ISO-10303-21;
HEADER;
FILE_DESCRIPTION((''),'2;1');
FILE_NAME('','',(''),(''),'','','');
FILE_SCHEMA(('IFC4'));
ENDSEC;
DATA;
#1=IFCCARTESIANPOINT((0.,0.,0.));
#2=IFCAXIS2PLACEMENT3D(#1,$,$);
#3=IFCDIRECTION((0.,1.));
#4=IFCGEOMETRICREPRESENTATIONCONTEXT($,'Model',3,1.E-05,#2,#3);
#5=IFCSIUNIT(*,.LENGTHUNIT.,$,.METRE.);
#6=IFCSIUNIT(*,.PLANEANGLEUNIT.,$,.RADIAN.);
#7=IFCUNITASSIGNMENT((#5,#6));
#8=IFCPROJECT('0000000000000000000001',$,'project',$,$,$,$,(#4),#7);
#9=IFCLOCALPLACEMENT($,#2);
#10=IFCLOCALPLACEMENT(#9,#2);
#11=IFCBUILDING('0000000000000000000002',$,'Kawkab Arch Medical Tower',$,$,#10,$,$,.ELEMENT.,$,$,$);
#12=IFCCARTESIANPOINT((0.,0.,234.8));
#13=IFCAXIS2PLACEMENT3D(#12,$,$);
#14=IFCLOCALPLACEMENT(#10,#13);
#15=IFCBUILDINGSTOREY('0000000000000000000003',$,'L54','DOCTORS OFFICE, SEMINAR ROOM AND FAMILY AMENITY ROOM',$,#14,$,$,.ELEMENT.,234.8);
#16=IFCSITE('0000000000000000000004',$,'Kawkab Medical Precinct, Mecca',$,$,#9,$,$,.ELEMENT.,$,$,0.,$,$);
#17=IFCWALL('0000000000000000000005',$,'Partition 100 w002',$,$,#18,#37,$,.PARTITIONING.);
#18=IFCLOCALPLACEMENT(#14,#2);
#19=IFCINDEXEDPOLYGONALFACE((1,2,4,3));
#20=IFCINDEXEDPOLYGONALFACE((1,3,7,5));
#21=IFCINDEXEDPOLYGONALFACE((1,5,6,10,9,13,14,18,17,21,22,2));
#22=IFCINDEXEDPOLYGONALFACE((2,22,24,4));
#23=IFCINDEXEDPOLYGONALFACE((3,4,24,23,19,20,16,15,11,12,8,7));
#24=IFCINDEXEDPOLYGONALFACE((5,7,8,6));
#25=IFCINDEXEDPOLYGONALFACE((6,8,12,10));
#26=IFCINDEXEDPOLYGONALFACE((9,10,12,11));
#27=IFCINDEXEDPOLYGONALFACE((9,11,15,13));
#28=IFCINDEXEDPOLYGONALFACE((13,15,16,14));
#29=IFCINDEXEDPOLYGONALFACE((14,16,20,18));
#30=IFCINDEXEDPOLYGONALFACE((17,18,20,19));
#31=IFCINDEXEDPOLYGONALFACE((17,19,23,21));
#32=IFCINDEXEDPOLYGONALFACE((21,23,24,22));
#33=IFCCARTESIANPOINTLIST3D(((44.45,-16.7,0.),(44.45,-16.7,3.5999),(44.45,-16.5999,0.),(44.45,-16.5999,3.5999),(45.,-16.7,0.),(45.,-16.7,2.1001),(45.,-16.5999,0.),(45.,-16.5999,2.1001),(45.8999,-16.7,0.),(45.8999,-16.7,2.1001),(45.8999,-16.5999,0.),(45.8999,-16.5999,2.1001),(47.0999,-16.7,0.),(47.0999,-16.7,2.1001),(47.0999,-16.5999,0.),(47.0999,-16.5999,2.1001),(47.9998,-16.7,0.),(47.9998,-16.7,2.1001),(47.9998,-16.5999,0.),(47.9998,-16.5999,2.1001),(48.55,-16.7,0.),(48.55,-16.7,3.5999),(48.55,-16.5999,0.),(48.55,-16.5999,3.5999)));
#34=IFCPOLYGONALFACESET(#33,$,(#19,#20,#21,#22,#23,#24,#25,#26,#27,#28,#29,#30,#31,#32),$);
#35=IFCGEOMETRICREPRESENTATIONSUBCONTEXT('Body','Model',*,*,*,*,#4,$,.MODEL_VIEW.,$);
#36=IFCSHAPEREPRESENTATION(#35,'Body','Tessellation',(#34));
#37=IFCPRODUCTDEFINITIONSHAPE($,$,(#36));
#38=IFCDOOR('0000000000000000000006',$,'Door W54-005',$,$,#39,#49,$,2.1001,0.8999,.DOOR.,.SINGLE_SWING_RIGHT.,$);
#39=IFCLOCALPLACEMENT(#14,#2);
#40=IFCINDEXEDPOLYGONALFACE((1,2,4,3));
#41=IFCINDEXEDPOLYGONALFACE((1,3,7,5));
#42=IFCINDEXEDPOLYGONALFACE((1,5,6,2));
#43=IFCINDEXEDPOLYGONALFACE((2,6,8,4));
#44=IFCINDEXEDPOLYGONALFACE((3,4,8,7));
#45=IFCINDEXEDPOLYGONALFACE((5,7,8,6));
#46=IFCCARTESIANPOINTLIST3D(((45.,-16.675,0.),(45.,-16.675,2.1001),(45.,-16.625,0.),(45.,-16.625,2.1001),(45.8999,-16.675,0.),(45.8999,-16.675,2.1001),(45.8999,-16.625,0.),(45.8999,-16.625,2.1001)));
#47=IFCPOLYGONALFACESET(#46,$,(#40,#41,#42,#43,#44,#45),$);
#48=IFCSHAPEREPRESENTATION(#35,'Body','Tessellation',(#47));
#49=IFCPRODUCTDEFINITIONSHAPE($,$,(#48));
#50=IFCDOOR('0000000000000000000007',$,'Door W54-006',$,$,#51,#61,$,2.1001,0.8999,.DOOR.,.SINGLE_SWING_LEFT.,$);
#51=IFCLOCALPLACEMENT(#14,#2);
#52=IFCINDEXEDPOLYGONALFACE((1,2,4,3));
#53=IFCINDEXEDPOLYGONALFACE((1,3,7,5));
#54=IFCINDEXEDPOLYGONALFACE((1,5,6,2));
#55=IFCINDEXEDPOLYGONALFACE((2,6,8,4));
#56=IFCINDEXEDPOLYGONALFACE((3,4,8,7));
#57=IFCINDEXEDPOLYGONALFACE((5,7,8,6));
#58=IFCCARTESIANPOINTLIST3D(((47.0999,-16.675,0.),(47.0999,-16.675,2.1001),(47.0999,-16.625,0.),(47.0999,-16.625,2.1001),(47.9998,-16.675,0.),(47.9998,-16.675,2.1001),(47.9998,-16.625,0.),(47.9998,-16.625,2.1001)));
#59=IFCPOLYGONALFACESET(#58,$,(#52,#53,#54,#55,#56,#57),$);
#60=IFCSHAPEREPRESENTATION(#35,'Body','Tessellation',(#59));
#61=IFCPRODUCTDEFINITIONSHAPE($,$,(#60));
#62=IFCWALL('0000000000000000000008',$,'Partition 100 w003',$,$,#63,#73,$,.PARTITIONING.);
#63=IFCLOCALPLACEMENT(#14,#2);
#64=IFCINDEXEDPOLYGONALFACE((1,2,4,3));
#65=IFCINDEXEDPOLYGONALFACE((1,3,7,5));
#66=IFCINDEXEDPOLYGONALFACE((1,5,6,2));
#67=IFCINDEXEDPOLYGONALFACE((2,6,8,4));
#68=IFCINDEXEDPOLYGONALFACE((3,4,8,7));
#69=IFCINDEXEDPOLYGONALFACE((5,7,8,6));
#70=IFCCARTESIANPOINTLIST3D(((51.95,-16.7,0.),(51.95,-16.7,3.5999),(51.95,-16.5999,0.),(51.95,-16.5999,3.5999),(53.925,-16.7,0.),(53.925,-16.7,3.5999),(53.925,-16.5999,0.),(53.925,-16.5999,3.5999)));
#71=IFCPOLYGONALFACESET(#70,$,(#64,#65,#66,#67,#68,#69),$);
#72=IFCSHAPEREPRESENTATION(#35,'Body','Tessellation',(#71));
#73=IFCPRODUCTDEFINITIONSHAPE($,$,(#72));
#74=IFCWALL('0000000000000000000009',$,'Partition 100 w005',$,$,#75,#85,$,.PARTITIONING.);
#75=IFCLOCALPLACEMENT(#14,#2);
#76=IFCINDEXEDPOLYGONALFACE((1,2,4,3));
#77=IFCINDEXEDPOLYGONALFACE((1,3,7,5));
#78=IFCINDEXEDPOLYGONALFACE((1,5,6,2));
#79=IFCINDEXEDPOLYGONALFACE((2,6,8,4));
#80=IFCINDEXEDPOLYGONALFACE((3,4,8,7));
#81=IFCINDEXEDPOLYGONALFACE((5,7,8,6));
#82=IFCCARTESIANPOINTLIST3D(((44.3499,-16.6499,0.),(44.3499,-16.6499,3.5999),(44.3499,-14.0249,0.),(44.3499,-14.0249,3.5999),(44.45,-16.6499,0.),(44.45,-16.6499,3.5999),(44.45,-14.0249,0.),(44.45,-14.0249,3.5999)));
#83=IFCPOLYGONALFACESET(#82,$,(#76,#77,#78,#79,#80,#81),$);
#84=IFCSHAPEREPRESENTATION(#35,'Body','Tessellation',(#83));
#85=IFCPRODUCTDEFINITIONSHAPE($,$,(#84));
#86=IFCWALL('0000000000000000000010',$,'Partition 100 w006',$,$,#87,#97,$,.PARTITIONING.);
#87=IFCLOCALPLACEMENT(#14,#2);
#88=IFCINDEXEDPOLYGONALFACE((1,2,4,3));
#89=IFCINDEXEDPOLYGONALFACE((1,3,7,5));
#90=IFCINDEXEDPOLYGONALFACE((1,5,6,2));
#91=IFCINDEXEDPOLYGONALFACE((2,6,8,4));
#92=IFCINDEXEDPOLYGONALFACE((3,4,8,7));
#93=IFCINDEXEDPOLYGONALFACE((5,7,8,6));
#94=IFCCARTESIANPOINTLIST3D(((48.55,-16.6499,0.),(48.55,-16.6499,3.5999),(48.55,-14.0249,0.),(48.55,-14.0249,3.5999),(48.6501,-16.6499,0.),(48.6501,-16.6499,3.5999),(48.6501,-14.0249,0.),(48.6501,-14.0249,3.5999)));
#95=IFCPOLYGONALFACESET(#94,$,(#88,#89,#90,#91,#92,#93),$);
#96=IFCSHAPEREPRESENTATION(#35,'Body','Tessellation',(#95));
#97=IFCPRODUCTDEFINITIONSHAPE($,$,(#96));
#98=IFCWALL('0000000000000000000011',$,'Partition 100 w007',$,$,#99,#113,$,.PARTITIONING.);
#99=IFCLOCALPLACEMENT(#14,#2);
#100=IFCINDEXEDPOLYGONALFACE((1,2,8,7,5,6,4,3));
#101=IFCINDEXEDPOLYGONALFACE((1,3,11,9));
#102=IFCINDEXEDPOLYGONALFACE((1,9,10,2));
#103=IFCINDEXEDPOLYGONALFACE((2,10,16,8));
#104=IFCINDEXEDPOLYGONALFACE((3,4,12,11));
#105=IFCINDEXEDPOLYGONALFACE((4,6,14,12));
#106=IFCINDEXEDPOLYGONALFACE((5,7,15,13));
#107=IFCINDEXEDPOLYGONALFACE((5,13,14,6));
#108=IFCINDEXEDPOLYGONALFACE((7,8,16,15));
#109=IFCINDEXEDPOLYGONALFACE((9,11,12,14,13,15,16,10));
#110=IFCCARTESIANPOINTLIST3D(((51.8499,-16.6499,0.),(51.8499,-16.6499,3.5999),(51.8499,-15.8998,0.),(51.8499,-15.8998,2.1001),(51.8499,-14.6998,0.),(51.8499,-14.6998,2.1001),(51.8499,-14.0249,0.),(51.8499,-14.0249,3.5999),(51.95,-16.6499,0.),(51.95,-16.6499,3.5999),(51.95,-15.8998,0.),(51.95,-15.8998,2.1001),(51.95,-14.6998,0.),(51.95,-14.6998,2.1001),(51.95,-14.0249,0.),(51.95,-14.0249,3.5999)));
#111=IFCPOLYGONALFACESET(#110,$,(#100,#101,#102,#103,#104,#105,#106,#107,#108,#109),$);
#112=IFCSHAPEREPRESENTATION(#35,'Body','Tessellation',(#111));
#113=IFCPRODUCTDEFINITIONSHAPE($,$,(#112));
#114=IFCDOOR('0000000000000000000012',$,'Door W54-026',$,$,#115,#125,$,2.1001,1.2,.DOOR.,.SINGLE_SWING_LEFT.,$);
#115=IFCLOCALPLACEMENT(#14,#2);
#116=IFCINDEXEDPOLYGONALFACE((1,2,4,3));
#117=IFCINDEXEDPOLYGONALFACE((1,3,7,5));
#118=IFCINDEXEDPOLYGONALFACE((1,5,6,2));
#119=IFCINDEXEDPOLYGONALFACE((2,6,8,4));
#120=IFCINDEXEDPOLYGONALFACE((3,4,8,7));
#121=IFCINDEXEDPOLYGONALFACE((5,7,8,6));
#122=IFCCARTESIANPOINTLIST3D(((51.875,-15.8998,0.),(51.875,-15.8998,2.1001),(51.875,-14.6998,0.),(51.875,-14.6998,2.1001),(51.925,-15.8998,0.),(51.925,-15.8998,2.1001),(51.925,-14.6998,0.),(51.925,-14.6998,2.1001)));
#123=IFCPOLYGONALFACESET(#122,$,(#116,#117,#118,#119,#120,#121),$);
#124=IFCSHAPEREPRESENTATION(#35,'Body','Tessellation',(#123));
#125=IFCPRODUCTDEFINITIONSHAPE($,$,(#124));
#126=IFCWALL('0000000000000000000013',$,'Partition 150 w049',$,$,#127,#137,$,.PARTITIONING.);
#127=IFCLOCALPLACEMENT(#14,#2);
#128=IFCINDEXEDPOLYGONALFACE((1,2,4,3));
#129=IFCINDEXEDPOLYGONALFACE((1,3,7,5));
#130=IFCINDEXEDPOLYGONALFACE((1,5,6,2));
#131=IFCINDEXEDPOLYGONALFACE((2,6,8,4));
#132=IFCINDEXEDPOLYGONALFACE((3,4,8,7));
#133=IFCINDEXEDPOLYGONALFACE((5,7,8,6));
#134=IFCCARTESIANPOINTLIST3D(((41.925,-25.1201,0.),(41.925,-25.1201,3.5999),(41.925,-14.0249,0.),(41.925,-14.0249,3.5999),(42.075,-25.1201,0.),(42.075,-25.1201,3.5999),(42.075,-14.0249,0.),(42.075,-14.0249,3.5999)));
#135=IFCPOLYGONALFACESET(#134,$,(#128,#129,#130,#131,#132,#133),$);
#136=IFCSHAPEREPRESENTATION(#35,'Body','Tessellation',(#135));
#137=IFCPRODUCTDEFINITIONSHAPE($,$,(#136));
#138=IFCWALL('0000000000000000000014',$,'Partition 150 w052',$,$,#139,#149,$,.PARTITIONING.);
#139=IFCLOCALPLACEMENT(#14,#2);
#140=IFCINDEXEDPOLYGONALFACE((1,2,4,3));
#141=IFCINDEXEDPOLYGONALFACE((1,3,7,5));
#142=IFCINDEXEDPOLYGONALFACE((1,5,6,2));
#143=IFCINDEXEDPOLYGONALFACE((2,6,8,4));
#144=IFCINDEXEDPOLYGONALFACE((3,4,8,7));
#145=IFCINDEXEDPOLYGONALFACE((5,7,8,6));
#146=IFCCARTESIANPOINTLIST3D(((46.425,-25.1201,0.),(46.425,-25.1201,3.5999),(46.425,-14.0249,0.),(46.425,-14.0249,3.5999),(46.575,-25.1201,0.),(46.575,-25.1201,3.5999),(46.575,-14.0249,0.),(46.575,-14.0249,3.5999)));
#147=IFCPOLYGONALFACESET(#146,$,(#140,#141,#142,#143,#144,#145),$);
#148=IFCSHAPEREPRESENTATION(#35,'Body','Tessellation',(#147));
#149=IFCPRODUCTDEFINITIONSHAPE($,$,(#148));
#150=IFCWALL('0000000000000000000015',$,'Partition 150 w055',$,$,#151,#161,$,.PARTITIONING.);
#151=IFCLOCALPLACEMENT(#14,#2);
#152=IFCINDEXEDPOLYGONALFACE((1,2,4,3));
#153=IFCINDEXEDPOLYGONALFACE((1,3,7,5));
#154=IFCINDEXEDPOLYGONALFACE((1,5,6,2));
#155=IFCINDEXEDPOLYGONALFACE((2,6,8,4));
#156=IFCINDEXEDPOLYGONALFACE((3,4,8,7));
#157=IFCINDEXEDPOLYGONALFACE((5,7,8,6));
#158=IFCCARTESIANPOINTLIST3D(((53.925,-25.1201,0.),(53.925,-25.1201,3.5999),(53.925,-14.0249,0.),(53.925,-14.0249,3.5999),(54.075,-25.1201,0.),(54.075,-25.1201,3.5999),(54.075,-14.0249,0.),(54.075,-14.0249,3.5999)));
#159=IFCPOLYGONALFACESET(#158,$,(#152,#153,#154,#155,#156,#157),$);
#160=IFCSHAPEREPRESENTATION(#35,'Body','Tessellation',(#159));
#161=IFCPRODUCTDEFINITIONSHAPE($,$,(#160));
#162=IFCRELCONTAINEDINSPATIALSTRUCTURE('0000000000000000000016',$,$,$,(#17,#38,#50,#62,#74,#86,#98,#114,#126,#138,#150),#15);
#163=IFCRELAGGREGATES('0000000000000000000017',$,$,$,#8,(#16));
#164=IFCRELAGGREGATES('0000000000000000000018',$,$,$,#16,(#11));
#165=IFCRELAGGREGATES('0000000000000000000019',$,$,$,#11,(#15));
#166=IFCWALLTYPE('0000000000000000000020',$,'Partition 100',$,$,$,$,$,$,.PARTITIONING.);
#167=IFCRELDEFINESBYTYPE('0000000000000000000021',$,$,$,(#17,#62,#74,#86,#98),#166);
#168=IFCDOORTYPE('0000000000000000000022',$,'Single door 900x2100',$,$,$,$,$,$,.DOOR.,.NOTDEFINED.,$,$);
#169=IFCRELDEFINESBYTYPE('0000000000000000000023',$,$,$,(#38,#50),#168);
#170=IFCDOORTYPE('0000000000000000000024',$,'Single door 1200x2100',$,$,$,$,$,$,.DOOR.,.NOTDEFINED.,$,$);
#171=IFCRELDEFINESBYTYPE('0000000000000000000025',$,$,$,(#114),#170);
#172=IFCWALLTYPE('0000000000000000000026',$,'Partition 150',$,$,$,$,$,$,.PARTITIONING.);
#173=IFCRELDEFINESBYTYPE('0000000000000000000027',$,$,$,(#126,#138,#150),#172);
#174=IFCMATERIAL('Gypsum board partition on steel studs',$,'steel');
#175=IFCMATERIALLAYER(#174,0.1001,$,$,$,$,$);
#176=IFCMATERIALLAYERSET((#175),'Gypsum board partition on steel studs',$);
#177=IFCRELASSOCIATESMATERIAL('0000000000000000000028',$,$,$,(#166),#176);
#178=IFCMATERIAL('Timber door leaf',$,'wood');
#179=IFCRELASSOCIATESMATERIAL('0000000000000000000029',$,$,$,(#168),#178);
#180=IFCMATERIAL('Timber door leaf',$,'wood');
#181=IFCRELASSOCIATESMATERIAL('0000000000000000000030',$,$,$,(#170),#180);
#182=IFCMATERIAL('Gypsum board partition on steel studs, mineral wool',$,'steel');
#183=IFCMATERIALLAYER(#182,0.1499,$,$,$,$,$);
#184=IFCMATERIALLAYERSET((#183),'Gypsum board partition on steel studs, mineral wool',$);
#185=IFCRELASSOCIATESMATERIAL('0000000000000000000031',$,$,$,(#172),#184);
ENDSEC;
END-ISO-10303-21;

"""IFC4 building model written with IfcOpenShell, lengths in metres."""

from ifc_helpers import new_model, si_unit, direction, frame, frame_2d, origin, place, context, subcontext, project, spatial, rectangle, extrude, material, layer, layer_set, type_object, element, fill, save


model = new_model("IFC4")

# Units and contexts
model_context = context("Model", 3, precision=1e-05, world=origin(), true_north=direction((0.0, 1.0)))
body_context = subcontext(model_context, "Body", "Model", "MODEL_VIEW")
ifc_project = project(units=[si_unit("LENGTHUNIT", "METRE"), si_unit("PLANEANGLEUNIT", "RADIAN")], contexts=[model_context])

# Site, building, storey
site_placement = place(None, origin())
site = spatial("IfcSite", under=ifc_project, at=site_placement, Name="Kawkab Medical Precinct, Mecca", CompositionType="ELEMENT", RefElevation=0.0)
building_placement = place(site_placement, origin())
building = spatial("IfcBuilding", under=site, at=building_placement, Name="Kawkab Arch Medical Tower", CompositionType="ELEMENT")
storey_placement = place(building_placement, frame((0.0, 0.0, 234.8)))
storey = spatial("IfcBuildingStorey", under=building, at=storey_placement, Name="L54", Description="DOCTORS OFFICE, SEMINAR ROOM AND FAMILY AMENITY ROOM", CompositionType="ELEMENT", Elevation=234.8)

# Wall, openings, doors
ifc_material_1 = material(Name="Gypsum board partition on steel studs", Category="steel")
ifc_layer_1 = layer(ifc_material_1, 0.1001)
ifc_layer_set_1 = layer_set([ifc_layer_1], Name="Gypsum board partition on steel studs")
wall_type_1 = type_object("IfcWallType", Name="Partition 100", PredefinedType="PARTITIONING", material=ifc_layer_set_1)
wall_1_placement = place(storey_placement, frame((44.45, -16.6499, 0.0), z_axis=(0.0, 0.0, 1.0), x_axis=(1.0, 0.0, 0.0)))
wall_1 = element("IfcWall", 1, at=wall_1_placement, inside=storey, type_object=wall_type_1, Name="Partition 100 w002", PredefinedType="PARTITIONING", context=body_context, shape_type="SweptSolid", body=[
    extrude(rectangle(XDim=4.1001, YDim=0.1001, at=frame_2d((2.05, 0.0))), origin(), (0.0, 0.0, 1.0), 3.5999),
])
opening_1_placement = place(wall_1_placement, frame((0.55, 0.0, 0.0)))
opening_1 = element("IfcOpeningElement", 2, at=opening_1_placement, cuts=wall_1, PredefinedType="OPENING", context=body_context, shape_type="SweptSolid", body=[
    extrude(rectangle(XDim=0.8999, YDim=2.1001, at=frame_2d((0.45, 1.05))), frame((0.0, 0.0601, 0.0), z_axis=(0.0, -1.0, 0.0), x_axis=(1.0, 0.0, 0.0)), (0.0, 0.0, 1.0), 0.1201),
])
opening_2_placement = place(wall_1_placement, frame((2.6499, 0.0, 0.0)))
opening_2 = element("IfcOpeningElement", 3, at=opening_2_placement, cuts=wall_1, PredefinedType="OPENING", context=body_context, shape_type="SweptSolid", body=[
    extrude(rectangle(XDim=0.8999, YDim=2.1001, at=frame_2d((0.45, 1.05))), frame((0.0, 0.0601, 0.0), z_axis=(0.0, -1.0, 0.0), x_axis=(1.0, 0.0, 0.0)), (0.0, 0.0, 1.0), 0.1201),
])
ifc_material_2 = material(Name="Timber door leaf", Category="wood")
door_type_1 = type_object("IfcDoorType", Name="Single door 900x2100", OperationType="NOTDEFINED", PredefinedType="DOOR", material=ifc_material_2)
door_1_placement = place(opening_1_placement, origin())
door_1 = element("IfcDoor", 4, at=door_1_placement, inside=storey, type_object=door_type_1, Name="Door W54-005", OperationType="SINGLE_SWING_RIGHT", OverallHeight=2.1001, OverallWidth=0.8999, PredefinedType="DOOR", context=body_context, shape_type="SweptSolid", body=[
    extrude(rectangle(XDim=0.8999, YDim=2.1001, at=frame_2d((0.45, 1.05))), frame((0.0, 0.0249, 0.0), z_axis=(0.0, -1.0, 0.0), x_axis=(1.0, 0.0, 0.0)), (0.0, 0.0, 1.0), 0.05),
])
fill(opening_1, door_1)
door_2_placement = place(opening_2_placement, origin())
door_2 = element("IfcDoor", 5, at=door_2_placement, inside=storey, type_object=door_type_1, Name="Door W54-006", OperationType="SINGLE_SWING_LEFT", OverallHeight=2.1001, OverallWidth=0.8999, PredefinedType="DOOR", context=body_context, shape_type="SweptSolid", body=[
    extrude(rectangle(XDim=0.8999, YDim=2.1001, at=frame_2d((0.45, 1.05))), frame((0.0, 0.0249, 0.0), z_axis=(0.0, -1.0, 0.0), x_axis=(1.0, 0.0, 0.0)), (0.0, 0.0, 1.0), 0.05),
])
fill(opening_2, door_2)

# Walls
wall_2_placement = place(storey_placement, frame((51.95, -16.6499, 0.0), z_axis=(0.0, 0.0, 1.0), x_axis=(1.0, 0.0, 0.0)))
element("IfcWall", 6, at=wall_2_placement, inside=storey, type_object=wall_type_1, Name="Partition 100 w003", PredefinedType="PARTITIONING", context=body_context, shape_type="SweptSolid", body=[
    extrude(rectangle(XDim=1.9751, YDim=0.1001, at=frame_2d((0.9875, 0.0))), origin(), (0.0, 0.0, 1.0), 3.5999),
])
for number, where, z_axis, x_axis, name in (
    (7, (44.3999, -16.6499, 0.0), (0.0, 0.0, 1.0), (0.0, 1.0, 0.0), "Partition 100 w005"),
    (8, (48.6001, -16.6499, 0.0), (0.0, 0.0, 1.0), (0.0, 1.0, 0.0), "Partition 100 w006"),
):
    element("IfcWall", number, at=place(storey_placement, frame(where, z_axis=z_axis, x_axis=x_axis)), inside=storey, type_object=wall_type_1, Name=name, PredefinedType="PARTITIONING", context=body_context, shape_type="SweptSolid", body=[
        extrude(rectangle(XDim=2.625, YDim=0.1001, at=frame_2d((1.3125, 0.0))), origin(), (0.0, 0.0, 1.0), 3.5999),
    ])

# Wall, opening, door
wall_3_placement = place(storey_placement, frame((51.8999, -16.6499, 0.0), z_axis=(0.0, 0.0, 1.0), x_axis=(0.0, 1.0, 0.0)))
wall_3 = element("IfcWall", 9, at=wall_3_placement, inside=storey, type_object=wall_type_1, Name="Partition 100 w007", PredefinedType="PARTITIONING", context=body_context, shape_type="SweptSolid", body=[
    extrude(rectangle(XDim=2.625, YDim=0.1001, at=frame_2d((1.3125, 0.0))), origin(), (0.0, 0.0, 1.0), 3.5999),
])
opening_3_placement = place(wall_3_placement, frame((0.75, 0.0, 0.0)))
opening_3 = element("IfcOpeningElement", 10, at=opening_3_placement, cuts=wall_3, PredefinedType="OPENING", context=body_context, shape_type="SweptSolid", body=[
    extrude(rectangle(XDim=1.2, YDim=2.1001, at=frame_2d((0.6001, 1.05))), frame((0.0, 0.0601, 0.0), z_axis=(0.0, -1.0, 0.0), x_axis=(1.0, 0.0, 0.0)), (0.0, 0.0, 1.0), 0.1201),
])
ifc_material_3 = material(Name="Timber door leaf", Category="wood")
door_type_2 = type_object("IfcDoorType", Name="Single door 1200x2100", OperationType="NOTDEFINED", PredefinedType="DOOR", material=ifc_material_3)
door_3_placement = place(opening_3_placement, origin())
door_3 = element("IfcDoor", 11, at=door_3_placement, inside=storey, type_object=door_type_2, Name="Door W54-026", OperationType="SINGLE_SWING_LEFT", OverallHeight=2.1001, OverallWidth=1.2, PredefinedType="DOOR", context=body_context, shape_type="SweptSolid", body=[
    extrude(rectangle(XDim=1.2, YDim=2.1001, at=frame_2d((0.6001, 1.05))), frame((0.0, 0.0249, 0.0), z_axis=(0.0, -1.0, 0.0), x_axis=(1.0, 0.0, 0.0)), (0.0, 0.0, 1.0), 0.05),
])
fill(opening_3, door_3)

# Walls
ifc_material_4 = material(Name="Gypsum board partition on steel studs, mineral wool", Category="steel")
ifc_layer_2 = layer(ifc_material_4, 0.1499)
ifc_layer_set_2 = layer_set([ifc_layer_2], Name="Gypsum board partition on steel studs, mineral wool")
wall_type_2 = type_object("IfcWallType", Name="Partition 150", PredefinedType="PARTITIONING", material=ifc_layer_set_2)
for number, where, z_axis, x_axis, name in (
    (12, (42.0, -25.1201, 0.0), (0.0, 0.0, 1.0), (0.0, 1.0, 0.0), "Partition 150 w049"),
    (13, (46.5, -25.1201, 0.0), (0.0, 0.0, 1.0), (0.0, 1.0, 0.0), "Partition 150 w052"),
    (14, (54.0, -25.1201, 0.0), (0.0, 0.0, 1.0), (0.0, 1.0, 0.0), "Partition 150 w055"),
):
    element("IfcWall", number, at=place(storey_placement, frame(where, z_axis=z_axis, x_axis=x_axis)), inside=storey, type_object=wall_type_2, Name=name, PredefinedType="PARTITIONING", context=body_context, shape_type="SweptSolid", body=[
        extrude(rectangle(XDim=11.0952, YDim=0.1499, at=frame_2d((5.5476, 0.0))), origin(), (0.0, 0.0, 1.0), 3.5999),
    ])

save(model, "model.ifc")
